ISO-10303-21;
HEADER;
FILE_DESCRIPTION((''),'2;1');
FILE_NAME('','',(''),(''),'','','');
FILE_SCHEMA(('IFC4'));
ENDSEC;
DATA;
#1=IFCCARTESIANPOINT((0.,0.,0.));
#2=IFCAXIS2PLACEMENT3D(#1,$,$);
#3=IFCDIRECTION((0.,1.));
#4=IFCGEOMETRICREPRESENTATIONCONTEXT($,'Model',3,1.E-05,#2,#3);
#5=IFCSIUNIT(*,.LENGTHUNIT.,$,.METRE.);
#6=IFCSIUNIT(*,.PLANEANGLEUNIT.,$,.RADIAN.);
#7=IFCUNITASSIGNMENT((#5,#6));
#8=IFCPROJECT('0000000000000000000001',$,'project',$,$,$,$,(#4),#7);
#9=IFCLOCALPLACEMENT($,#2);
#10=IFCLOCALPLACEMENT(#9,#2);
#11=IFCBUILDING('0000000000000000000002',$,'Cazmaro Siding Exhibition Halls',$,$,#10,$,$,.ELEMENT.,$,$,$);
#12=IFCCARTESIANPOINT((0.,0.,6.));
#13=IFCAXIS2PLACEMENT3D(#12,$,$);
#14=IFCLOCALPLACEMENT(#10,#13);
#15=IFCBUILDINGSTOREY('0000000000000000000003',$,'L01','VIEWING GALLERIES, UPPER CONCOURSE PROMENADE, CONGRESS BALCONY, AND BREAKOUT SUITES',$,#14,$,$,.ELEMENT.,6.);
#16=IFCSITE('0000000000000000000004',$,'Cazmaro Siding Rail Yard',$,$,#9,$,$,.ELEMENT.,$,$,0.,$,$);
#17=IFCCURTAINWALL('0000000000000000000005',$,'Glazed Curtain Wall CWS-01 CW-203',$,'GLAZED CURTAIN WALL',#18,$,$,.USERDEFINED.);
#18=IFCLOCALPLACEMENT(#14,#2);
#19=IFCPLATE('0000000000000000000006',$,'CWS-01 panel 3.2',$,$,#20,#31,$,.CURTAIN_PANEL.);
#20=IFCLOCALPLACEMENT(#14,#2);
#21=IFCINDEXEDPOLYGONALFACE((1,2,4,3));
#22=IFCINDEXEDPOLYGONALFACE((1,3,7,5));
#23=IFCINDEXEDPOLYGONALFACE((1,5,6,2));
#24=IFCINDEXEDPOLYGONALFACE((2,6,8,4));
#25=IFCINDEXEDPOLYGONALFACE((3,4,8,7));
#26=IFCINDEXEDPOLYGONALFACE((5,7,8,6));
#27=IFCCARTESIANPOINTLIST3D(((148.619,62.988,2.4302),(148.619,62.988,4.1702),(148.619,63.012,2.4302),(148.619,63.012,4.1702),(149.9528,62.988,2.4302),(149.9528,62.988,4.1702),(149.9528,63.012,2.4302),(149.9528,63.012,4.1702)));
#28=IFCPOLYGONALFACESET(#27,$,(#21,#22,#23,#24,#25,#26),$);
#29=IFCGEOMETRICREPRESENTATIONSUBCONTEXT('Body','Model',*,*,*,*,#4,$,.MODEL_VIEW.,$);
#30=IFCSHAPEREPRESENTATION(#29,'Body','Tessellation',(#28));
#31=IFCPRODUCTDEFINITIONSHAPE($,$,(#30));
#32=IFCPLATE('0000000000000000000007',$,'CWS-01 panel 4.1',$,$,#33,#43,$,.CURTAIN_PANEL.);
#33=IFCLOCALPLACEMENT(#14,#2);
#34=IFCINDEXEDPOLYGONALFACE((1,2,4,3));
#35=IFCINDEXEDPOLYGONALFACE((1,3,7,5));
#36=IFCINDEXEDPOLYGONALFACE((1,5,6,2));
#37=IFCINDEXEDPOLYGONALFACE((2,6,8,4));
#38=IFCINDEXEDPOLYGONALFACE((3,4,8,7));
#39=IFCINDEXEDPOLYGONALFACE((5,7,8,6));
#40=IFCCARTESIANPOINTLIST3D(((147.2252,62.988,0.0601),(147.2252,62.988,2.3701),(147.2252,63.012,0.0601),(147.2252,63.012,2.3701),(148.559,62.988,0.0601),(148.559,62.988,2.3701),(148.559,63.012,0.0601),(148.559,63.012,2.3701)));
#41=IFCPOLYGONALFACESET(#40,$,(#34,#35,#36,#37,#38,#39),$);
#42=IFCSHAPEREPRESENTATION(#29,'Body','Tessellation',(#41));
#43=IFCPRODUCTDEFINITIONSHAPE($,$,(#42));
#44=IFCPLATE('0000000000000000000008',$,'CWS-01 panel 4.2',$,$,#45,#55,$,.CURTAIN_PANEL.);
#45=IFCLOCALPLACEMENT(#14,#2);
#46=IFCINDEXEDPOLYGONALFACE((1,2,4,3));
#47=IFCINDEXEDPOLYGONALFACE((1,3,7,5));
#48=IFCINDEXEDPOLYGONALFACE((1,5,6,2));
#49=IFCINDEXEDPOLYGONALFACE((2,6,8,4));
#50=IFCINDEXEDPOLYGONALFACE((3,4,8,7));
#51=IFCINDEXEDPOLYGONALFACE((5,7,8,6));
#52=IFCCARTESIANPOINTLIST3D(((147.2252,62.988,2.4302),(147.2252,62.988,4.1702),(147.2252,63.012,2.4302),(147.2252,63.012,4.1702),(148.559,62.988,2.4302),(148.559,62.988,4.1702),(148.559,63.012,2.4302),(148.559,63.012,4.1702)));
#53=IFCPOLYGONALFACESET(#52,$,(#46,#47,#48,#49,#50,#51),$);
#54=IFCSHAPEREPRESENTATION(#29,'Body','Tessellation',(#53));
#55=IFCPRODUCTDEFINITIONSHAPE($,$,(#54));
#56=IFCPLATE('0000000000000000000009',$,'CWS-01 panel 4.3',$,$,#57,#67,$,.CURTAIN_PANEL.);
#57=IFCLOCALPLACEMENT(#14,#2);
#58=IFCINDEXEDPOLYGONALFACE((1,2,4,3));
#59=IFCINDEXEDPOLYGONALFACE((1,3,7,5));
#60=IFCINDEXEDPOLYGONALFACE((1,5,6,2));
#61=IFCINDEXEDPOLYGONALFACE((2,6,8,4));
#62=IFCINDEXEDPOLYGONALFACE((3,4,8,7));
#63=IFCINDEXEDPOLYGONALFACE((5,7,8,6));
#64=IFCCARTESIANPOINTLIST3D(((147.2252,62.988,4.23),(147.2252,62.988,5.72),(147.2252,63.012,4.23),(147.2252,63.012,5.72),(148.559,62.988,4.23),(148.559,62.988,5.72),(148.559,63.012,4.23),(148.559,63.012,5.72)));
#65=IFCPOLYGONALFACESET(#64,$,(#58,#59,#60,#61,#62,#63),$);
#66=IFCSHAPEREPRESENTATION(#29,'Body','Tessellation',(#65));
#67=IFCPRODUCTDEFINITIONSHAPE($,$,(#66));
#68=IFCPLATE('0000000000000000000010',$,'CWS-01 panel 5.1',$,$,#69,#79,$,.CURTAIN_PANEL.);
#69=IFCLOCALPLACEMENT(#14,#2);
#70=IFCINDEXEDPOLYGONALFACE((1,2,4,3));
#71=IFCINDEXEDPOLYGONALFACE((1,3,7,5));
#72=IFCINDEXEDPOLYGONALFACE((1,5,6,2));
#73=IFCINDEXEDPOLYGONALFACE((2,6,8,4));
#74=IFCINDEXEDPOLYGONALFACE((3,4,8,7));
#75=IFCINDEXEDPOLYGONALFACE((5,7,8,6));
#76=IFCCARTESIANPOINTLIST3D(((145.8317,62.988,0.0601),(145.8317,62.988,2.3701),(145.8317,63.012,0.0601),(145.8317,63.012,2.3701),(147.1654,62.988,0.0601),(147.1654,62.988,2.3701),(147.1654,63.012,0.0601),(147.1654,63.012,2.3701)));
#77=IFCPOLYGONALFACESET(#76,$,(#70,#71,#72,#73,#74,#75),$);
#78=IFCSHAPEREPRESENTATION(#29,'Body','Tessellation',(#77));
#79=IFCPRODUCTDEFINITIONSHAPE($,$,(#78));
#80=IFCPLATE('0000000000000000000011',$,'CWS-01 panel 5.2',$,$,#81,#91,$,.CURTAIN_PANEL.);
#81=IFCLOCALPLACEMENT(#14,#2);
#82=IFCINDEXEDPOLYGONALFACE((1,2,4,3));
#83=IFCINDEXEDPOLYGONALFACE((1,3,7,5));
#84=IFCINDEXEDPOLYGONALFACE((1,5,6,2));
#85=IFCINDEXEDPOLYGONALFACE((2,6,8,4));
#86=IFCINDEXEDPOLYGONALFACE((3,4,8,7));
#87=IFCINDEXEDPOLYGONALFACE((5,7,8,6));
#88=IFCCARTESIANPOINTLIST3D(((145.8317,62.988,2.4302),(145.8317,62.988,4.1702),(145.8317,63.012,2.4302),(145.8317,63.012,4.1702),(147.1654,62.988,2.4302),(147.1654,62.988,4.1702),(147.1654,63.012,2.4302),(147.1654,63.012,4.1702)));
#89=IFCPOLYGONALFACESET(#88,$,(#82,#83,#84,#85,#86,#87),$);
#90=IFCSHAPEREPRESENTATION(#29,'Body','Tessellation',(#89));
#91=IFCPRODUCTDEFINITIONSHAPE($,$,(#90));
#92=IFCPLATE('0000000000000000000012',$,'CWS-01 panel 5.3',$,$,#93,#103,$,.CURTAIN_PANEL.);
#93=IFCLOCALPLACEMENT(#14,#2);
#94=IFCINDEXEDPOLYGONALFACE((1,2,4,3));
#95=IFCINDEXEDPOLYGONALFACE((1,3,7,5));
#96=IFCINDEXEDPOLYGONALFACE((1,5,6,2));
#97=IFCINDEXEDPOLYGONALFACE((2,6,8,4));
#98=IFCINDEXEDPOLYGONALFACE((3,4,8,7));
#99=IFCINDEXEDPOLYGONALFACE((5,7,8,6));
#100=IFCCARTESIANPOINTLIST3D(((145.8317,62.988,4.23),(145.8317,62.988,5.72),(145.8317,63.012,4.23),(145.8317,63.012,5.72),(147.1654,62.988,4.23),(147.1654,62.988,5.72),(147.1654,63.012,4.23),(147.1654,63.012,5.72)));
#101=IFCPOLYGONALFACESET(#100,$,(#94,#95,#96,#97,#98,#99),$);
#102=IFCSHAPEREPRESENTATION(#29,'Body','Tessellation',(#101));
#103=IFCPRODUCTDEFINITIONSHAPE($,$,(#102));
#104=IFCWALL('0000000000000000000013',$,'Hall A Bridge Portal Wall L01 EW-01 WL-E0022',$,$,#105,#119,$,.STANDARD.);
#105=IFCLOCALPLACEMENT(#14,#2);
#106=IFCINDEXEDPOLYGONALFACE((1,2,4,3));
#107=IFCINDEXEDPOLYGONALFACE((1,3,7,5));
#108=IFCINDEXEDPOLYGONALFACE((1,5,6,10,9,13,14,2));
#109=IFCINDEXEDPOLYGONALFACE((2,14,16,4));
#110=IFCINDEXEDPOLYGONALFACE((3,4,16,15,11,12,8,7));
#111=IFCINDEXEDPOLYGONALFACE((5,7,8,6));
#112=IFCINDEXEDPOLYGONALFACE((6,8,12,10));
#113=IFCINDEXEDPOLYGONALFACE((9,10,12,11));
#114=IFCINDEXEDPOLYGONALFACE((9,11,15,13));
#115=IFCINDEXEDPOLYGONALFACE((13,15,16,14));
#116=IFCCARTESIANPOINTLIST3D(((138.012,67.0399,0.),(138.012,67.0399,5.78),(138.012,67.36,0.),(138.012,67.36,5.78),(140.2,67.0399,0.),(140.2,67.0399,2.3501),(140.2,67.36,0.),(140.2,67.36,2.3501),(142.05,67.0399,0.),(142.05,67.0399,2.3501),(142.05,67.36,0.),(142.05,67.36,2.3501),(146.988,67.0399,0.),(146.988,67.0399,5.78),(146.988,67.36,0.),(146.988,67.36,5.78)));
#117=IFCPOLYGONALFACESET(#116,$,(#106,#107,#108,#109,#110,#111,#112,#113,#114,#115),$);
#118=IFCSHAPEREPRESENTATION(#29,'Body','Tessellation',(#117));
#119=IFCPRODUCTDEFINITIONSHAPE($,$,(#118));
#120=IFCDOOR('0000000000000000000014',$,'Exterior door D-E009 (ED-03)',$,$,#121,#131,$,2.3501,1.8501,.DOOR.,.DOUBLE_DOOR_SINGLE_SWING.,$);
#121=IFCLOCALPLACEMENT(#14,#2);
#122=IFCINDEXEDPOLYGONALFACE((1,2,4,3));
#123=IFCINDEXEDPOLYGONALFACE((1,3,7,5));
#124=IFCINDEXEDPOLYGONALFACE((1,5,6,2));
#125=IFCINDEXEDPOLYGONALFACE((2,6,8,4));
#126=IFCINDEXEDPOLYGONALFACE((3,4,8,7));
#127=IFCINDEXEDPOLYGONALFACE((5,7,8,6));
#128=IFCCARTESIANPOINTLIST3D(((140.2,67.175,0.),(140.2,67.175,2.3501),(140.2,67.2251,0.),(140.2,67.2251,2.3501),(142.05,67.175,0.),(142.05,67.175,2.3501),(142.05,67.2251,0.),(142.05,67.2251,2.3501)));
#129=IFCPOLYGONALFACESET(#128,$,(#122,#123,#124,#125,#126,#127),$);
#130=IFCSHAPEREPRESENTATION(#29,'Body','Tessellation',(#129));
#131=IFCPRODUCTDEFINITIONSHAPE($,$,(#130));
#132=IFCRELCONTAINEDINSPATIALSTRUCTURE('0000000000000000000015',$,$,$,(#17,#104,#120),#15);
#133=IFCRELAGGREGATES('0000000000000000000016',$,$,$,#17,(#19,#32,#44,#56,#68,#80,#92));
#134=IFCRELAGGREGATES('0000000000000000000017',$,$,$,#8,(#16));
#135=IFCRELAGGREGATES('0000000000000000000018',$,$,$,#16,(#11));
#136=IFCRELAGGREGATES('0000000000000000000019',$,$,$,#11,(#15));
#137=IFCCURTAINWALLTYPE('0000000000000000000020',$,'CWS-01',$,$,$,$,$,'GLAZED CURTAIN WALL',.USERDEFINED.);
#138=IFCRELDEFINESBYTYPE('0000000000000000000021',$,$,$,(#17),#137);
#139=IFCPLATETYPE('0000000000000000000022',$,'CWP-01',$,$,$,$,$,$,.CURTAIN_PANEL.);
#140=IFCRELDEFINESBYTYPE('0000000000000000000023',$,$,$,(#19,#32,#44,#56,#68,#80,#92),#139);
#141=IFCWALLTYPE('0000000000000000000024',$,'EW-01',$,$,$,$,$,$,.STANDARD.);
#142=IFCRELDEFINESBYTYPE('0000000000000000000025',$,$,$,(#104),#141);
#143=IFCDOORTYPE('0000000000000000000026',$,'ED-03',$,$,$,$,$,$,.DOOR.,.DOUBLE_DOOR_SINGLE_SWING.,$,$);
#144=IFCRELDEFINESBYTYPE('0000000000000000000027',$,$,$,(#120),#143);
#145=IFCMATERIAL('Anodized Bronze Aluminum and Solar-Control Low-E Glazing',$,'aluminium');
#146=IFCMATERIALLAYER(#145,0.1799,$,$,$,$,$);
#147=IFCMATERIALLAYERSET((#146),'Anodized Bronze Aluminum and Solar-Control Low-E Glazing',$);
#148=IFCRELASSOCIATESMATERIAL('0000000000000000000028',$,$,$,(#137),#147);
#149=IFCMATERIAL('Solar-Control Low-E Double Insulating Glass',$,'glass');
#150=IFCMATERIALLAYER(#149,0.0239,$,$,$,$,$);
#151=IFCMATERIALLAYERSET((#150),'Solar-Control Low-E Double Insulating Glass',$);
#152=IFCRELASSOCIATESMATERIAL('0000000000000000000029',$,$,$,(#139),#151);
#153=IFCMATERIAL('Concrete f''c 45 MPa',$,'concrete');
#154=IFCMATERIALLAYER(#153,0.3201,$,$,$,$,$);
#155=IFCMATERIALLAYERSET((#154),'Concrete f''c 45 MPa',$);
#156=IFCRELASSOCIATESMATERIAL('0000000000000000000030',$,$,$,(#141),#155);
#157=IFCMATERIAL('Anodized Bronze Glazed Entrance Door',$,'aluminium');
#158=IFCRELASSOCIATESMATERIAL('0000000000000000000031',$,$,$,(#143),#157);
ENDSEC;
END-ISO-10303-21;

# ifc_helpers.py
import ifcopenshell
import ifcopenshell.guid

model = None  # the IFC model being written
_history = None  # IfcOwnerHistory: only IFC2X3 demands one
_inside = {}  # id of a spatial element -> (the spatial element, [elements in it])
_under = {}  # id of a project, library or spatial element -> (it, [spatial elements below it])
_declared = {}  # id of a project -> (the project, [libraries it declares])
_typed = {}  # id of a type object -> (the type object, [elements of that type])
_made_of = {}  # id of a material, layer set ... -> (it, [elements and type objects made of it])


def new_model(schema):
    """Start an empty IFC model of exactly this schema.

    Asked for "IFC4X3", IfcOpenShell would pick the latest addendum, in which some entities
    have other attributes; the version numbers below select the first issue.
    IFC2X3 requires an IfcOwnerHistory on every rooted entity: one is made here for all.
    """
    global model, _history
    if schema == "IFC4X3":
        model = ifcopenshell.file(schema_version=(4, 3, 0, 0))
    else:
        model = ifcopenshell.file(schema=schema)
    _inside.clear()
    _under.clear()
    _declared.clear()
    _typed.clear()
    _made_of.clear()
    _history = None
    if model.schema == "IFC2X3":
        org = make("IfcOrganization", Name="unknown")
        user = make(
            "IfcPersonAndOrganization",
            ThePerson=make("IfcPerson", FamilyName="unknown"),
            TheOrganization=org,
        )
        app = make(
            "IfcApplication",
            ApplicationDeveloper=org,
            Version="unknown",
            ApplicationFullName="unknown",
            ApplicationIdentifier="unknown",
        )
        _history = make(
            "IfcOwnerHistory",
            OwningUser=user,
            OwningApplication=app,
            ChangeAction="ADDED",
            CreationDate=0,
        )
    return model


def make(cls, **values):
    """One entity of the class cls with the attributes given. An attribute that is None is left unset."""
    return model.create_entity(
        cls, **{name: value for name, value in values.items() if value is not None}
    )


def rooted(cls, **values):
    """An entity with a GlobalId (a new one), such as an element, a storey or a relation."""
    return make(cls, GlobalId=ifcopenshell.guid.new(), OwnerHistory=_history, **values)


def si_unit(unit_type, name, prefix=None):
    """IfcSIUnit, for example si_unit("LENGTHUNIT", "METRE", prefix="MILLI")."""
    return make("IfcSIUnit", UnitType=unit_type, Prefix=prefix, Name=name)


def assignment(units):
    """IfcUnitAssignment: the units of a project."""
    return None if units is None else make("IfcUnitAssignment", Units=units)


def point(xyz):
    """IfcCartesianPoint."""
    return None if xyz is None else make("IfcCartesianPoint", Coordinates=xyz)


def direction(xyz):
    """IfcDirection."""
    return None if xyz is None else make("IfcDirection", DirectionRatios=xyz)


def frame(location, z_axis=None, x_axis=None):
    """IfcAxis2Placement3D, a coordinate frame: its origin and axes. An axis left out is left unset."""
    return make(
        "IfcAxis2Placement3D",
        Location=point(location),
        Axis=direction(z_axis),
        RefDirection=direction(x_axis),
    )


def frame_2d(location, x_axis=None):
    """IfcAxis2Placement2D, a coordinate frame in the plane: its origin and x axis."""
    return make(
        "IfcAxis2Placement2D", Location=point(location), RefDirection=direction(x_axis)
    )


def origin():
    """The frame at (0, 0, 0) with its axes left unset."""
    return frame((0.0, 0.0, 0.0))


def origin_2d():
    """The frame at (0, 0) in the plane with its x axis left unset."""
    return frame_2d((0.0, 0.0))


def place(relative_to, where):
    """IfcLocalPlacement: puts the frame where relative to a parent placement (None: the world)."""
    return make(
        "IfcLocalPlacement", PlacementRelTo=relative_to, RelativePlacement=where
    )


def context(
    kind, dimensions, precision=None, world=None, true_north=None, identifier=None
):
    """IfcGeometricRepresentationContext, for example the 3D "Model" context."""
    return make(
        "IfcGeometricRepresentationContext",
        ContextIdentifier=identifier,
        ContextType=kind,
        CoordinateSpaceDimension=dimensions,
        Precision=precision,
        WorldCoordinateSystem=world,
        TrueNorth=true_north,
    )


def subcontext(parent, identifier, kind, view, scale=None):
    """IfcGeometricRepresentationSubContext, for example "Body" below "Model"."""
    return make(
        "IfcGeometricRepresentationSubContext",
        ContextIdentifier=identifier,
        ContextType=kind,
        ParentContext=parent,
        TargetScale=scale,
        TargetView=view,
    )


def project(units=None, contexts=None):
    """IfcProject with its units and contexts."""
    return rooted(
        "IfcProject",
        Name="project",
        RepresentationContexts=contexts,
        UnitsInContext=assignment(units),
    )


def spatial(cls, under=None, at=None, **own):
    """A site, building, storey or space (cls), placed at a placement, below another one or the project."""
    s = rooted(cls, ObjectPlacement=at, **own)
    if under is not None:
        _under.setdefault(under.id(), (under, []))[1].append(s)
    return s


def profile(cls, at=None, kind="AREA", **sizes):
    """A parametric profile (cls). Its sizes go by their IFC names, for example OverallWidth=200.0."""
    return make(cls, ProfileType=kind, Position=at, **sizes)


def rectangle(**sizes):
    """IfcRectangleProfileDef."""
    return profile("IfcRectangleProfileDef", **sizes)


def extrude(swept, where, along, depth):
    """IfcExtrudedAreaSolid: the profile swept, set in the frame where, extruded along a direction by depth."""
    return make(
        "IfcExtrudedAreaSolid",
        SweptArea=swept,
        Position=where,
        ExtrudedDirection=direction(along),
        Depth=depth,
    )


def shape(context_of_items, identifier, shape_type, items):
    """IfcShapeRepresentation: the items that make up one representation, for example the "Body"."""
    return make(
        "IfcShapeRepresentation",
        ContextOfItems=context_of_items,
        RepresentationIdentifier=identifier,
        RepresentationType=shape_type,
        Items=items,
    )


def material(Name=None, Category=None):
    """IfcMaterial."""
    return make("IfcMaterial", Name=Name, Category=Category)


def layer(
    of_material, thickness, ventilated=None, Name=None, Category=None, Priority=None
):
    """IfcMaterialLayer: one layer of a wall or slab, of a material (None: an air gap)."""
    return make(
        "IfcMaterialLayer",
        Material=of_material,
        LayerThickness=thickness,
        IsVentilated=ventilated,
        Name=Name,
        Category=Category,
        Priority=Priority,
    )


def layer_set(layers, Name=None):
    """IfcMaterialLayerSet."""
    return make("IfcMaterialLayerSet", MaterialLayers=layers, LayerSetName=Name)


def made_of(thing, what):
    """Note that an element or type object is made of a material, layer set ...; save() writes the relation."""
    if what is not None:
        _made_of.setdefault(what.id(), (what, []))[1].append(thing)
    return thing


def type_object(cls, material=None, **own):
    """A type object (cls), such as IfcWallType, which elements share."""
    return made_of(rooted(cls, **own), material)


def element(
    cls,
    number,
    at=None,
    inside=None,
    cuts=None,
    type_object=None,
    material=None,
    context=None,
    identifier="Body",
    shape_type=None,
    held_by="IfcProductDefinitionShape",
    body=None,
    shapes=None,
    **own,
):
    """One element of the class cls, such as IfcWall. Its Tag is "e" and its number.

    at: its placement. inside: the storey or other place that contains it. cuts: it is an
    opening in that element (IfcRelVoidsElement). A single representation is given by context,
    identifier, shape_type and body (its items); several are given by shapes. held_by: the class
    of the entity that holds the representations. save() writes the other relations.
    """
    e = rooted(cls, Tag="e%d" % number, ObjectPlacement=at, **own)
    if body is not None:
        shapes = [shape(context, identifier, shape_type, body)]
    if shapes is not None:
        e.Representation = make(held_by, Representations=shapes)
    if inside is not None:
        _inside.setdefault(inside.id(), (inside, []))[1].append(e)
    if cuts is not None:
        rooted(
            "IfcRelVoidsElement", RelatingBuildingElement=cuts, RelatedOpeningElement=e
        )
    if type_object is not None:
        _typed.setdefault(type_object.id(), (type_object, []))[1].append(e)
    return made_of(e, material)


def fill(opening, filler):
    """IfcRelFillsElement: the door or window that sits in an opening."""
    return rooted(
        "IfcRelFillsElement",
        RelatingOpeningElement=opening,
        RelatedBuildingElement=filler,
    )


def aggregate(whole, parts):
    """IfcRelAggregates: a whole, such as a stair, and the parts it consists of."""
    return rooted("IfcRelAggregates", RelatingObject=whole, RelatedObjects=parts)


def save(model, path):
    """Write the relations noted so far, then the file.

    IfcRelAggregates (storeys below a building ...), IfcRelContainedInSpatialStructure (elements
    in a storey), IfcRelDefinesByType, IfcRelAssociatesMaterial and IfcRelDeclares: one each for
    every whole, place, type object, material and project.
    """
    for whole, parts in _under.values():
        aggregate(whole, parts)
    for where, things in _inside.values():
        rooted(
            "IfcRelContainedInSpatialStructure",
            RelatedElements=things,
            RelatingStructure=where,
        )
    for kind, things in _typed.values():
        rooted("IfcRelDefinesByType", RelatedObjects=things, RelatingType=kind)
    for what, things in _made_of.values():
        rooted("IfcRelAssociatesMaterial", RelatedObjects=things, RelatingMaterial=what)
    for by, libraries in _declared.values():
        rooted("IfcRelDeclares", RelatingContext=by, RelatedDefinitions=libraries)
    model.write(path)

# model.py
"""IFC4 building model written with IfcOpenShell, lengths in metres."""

from ifc_helpers import new_model, si_unit, direction, frame, frame_2d, origin, origin_2d, place, context, subcontext, project, spatial, rectangle, extrude, material, layer, layer_set, type_object, element, fill, aggregate, save


model = new_model("IFC4")

# Units and contexts
model_context = context("Model", 3, precision=1e-05, world=origin(), true_north=direction((0.0, 1.0)))
body_context = subcontext(model_context, "Body", "Model", "MODEL_VIEW")
ifc_project = project(units=[si_unit("LENGTHUNIT", "METRE"), si_unit("PLANEANGLEUNIT", "RADIAN")], contexts=[model_context])

# Site, building, storey
site_placement = place(None, origin())
site = spatial("IfcSite", under=ifc_project, at=site_placement, Name="Cazmaro Siding Rail Yard", CompositionType="ELEMENT", RefElevation=0.0)
building_placement = place(site_placement, origin())
building = spatial("IfcBuilding", under=site, at=building_placement, Name="Cazmaro Siding Exhibition Halls", CompositionType="ELEMENT")
storey_placement = place(building_placement, frame((0.0, 0.0, 6.0)))
storey = spatial("IfcBuildingStorey", under=building, at=storey_placement, Name="L01", Description="VIEWING GALLERIES, UPPER CONCOURSE PROMENADE, CONGRESS BALCONY, AND BREAKOUT SUITES", CompositionType="ELEMENT", Elevation=6.0)

# Curtain wall
ifc_material_1 = material(Name="Anodized Bronze Aluminum and Solar-Control Low-E Glazing", Category="aluminium")
ifc_layer_1 = layer(ifc_material_1, 0.1799)
ifc_layer_set_1 = layer_set([ifc_layer_1], Name="Anodized Bronze Aluminum and Solar-Control Low-E Glazing")
curtain_wall_type = type_object("IfcCurtainWallType", Name="CWS-01", ElementType="GLAZED CURTAIN WALL", PredefinedType="USERDEFINED", material=ifc_layer_set_1)
curtain_wall_placement = place(storey_placement, origin())
curtain_wall = element("IfcCurtainWall", 1, at=curtain_wall_placement, inside=storey, type_object=curtain_wall_type, Name="Glazed Curtain Wall CWS-01 CW-203", ObjectType="GLAZED CURTAIN WALL", PredefinedType="USERDEFINED")

# Plates
ifc_material_2 = material(Name="Solar-Control Low-E Double Insulating Glass", Category="glass")
ifc_layer_2 = layer(ifc_material_2, 0.0239)
ifc_layer_set_2 = layer_set([ifc_layer_2], Name="Solar-Control Low-E Double Insulating Glass")
plate_type = type_object("IfcPlateType", Name="CWP-01", PredefinedType="CURTAIN_PANEL", material=ifc_layer_set_2)
plate_1_placement = place(storey_placement, frame((149.2859, 63.0, 2.4302), z_axis=(0.0, 0.0, 1.0), x_axis=(-1.0, 0.0, 0.0)))
plate_1 = element("IfcPlate", 2, at=plate_1_placement, type_object=plate_type, Name="CWS-01 panel 3.2", PredefinedType="CURTAIN_PANEL", context=body_context, shape_type="SweptSolid", body=[
    extrude(rectangle(XDim=1.3337, YDim=0.0239, at=origin_2d()), origin(), (0.0, 0.0, 1.0), 1.74),
])
plate_2_placement = place(storey_placement, frame((147.8921, 63.0, 0.0601), z_axis=(0.0, 0.0, 1.0), x_axis=(-1.0, 0.0, 0.0)))
plate_2 = element("IfcPlate", 3, at=plate_2_placement, type_object=plate_type, Name="CWS-01 panel 4.1", PredefinedType="CURTAIN_PANEL", context=body_context, shape_type="SweptSolid", body=[
    extrude(rectangle(XDim=1.3337, YDim=0.0239, at=origin_2d()), origin(), (0.0, 0.0, 1.0), 2.3101),
])
plate_3_placement = place(storey_placement, frame((147.8921, 63.0, 2.4302), z_axis=(0.0, 0.0, 1.0), x_axis=(-1.0, 0.0, 0.0)))
plate_3 = element("IfcPlate", 4, at=plate_3_placement, type_object=plate_type, Name="CWS-01 panel 4.2", PredefinedType="CURTAIN_PANEL", context=body_context, shape_type="SweptSolid", body=[
    extrude(rectangle(XDim=1.3337, YDim=0.0239, at=origin_2d()), origin(), (0.0, 0.0, 1.0), 1.74),
])
plate_4_placement = place(storey_placement, frame((147.8921, 63.0, 4.23), z_axis=(0.0, 0.0, 1.0), x_axis=(-1.0, 0.0, 0.0)))
plate_4 = element("IfcPlate", 5, at=plate_4_placement, type_object=plate_type, Name="CWS-01 panel 4.3", PredefinedType="CURTAIN_PANEL", context=body_context, shape_type="SweptSolid", body=[
    extrude(rectangle(XDim=1.3337, YDim=0.0239, at=origin_2d()), origin(), (0.0, 0.0, 1.0), 1.49),
])
plate_5_placement = place(storey_placement, frame((146.4985, 63.0, 0.0601), z_axis=(0.0, 0.0, 1.0), x_axis=(-1.0, 0.0, 0.0)))
plate_5 = element("IfcPlate", 6, at=plate_5_placement, type_object=plate_type, Name="CWS-01 panel 5.1", PredefinedType="CURTAIN_PANEL", context=body_context, shape_type="SweptSolid", body=[
    extrude(rectangle(XDim=1.3337, YDim=0.0239, at=origin_2d()), origin(), (0.0, 0.0, 1.0), 2.3101),
])
plate_6_placement = place(storey_placement, frame((146.4985, 63.0, 2.4302), z_axis=(0.0, 0.0, 1.0), x_axis=(-1.0, 0.0, 0.0)))
plate_6 = element("IfcPlate", 7, at=plate_6_placement, type_object=plate_type, Name="CWS-01 panel 5.2", PredefinedType="CURTAIN_PANEL", context=body_context, shape_type="SweptSolid", body=[
    extrude(rectangle(XDim=1.3337, YDim=0.0239, at=origin_2d()), origin(), (0.0, 0.0, 1.0), 1.74),
])
plate_7_placement = place(storey_placement, frame((146.4985, 63.0, 4.23), z_axis=(0.0, 0.0, 1.0), x_axis=(-1.0, 0.0, 0.0)))
plate_7 = element("IfcPlate", 8, at=plate_7_placement, type_object=plate_type, Name="CWS-01 panel 5.3", PredefinedType="CURTAIN_PANEL", context=body_context, shape_type="SweptSolid", body=[
    extrude(rectangle(XDim=1.3337, YDim=0.0239, at=origin_2d()), origin(), (0.0, 0.0, 1.0), 1.49),
])
aggregate(curtain_wall, [plate_1, plate_2, plate_3, plate_4, plate_5, plate_6, plate_7])

# Wall, opening, door
ifc_material_3 = material(Name="Concrete f'c 45 MPa", Category="concrete")
ifc_layer_3 = layer(ifc_material_3, 0.3201)
ifc_layer_set_3 = layer_set([ifc_layer_3], Name="Concrete f'c 45 MPa")
wall_type = type_object("IfcWallType", Name="EW-01", PredefinedType="STANDARD", material=ifc_layer_set_3)
wall_placement = place(storey_placement, frame((146.988, 67.2, 0.0), z_axis=(0.0, 0.0, 1.0), x_axis=(-1.0, 0.0, 0.0)))
wall = element("IfcWall", 9, at=wall_placement, inside=storey, type_object=wall_type, Name="Hall A Bridge Portal Wall L01 EW-01 WL-E0022", PredefinedType="STANDARD", context=body_context, shape_type="SweptSolid", body=[
    extrude(rectangle(XDim=8.9761, YDim=0.3201, at=frame_2d((4.488, 0.0))), origin(), (0.0, 0.0, 1.0), 5.78),
])
opening_placement = place(wall_placement, frame((4.938, 0.0, 0.0)))
opening = element("IfcOpeningElement", 10, at=opening_placement, cuts=wall, PredefinedType="OPENING", context=body_context, shape_type="SweptSolid", body=[
    extrude(rectangle(XDim=1.8501, YDim=2.3501, at=frame_2d((0.925, 1.175))), frame((0.0, 0.1699, 0.0), z_axis=(0.0, -1.0, 0.0), x_axis=(1.0, 0.0, 0.0)), (0.0, 0.0, 1.0), 0.3401),
])
ifc_material_4 = material(Name="Anodized Bronze Glazed Entrance Door", Category="aluminium")
door_type = type_object("IfcDoorType", Name="ED-03", OperationType="DOUBLE_DOOR_SINGLE_SWING", PredefinedType="DOOR", material=ifc_material_4)
door_placement = place(opening_placement, origin())
door = element("IfcDoor", 11, at=door_placement, inside=storey, type_object=door_type, Name="Exterior door D-E009 (ED-03)", OperationType="DOUBLE_DOOR_SINGLE_SWING", OverallHeight=2.3501, OverallWidth=1.8501, PredefinedType="DOOR", context=body_context, shape_type="SweptSolid", body=[
    extrude(rectangle(XDim=1.8501, YDim=2.3501, at=frame_2d((0.925, 1.175))), frame((0.0, 0.0249, 0.0), z_axis=(0.0, -1.0, 0.0), x_axis=(1.0, 0.0, 0.0)), (0.0, 0.0, 1.0), 0.05),
])
fill(opening, door)

save(model, "model.ifc")
